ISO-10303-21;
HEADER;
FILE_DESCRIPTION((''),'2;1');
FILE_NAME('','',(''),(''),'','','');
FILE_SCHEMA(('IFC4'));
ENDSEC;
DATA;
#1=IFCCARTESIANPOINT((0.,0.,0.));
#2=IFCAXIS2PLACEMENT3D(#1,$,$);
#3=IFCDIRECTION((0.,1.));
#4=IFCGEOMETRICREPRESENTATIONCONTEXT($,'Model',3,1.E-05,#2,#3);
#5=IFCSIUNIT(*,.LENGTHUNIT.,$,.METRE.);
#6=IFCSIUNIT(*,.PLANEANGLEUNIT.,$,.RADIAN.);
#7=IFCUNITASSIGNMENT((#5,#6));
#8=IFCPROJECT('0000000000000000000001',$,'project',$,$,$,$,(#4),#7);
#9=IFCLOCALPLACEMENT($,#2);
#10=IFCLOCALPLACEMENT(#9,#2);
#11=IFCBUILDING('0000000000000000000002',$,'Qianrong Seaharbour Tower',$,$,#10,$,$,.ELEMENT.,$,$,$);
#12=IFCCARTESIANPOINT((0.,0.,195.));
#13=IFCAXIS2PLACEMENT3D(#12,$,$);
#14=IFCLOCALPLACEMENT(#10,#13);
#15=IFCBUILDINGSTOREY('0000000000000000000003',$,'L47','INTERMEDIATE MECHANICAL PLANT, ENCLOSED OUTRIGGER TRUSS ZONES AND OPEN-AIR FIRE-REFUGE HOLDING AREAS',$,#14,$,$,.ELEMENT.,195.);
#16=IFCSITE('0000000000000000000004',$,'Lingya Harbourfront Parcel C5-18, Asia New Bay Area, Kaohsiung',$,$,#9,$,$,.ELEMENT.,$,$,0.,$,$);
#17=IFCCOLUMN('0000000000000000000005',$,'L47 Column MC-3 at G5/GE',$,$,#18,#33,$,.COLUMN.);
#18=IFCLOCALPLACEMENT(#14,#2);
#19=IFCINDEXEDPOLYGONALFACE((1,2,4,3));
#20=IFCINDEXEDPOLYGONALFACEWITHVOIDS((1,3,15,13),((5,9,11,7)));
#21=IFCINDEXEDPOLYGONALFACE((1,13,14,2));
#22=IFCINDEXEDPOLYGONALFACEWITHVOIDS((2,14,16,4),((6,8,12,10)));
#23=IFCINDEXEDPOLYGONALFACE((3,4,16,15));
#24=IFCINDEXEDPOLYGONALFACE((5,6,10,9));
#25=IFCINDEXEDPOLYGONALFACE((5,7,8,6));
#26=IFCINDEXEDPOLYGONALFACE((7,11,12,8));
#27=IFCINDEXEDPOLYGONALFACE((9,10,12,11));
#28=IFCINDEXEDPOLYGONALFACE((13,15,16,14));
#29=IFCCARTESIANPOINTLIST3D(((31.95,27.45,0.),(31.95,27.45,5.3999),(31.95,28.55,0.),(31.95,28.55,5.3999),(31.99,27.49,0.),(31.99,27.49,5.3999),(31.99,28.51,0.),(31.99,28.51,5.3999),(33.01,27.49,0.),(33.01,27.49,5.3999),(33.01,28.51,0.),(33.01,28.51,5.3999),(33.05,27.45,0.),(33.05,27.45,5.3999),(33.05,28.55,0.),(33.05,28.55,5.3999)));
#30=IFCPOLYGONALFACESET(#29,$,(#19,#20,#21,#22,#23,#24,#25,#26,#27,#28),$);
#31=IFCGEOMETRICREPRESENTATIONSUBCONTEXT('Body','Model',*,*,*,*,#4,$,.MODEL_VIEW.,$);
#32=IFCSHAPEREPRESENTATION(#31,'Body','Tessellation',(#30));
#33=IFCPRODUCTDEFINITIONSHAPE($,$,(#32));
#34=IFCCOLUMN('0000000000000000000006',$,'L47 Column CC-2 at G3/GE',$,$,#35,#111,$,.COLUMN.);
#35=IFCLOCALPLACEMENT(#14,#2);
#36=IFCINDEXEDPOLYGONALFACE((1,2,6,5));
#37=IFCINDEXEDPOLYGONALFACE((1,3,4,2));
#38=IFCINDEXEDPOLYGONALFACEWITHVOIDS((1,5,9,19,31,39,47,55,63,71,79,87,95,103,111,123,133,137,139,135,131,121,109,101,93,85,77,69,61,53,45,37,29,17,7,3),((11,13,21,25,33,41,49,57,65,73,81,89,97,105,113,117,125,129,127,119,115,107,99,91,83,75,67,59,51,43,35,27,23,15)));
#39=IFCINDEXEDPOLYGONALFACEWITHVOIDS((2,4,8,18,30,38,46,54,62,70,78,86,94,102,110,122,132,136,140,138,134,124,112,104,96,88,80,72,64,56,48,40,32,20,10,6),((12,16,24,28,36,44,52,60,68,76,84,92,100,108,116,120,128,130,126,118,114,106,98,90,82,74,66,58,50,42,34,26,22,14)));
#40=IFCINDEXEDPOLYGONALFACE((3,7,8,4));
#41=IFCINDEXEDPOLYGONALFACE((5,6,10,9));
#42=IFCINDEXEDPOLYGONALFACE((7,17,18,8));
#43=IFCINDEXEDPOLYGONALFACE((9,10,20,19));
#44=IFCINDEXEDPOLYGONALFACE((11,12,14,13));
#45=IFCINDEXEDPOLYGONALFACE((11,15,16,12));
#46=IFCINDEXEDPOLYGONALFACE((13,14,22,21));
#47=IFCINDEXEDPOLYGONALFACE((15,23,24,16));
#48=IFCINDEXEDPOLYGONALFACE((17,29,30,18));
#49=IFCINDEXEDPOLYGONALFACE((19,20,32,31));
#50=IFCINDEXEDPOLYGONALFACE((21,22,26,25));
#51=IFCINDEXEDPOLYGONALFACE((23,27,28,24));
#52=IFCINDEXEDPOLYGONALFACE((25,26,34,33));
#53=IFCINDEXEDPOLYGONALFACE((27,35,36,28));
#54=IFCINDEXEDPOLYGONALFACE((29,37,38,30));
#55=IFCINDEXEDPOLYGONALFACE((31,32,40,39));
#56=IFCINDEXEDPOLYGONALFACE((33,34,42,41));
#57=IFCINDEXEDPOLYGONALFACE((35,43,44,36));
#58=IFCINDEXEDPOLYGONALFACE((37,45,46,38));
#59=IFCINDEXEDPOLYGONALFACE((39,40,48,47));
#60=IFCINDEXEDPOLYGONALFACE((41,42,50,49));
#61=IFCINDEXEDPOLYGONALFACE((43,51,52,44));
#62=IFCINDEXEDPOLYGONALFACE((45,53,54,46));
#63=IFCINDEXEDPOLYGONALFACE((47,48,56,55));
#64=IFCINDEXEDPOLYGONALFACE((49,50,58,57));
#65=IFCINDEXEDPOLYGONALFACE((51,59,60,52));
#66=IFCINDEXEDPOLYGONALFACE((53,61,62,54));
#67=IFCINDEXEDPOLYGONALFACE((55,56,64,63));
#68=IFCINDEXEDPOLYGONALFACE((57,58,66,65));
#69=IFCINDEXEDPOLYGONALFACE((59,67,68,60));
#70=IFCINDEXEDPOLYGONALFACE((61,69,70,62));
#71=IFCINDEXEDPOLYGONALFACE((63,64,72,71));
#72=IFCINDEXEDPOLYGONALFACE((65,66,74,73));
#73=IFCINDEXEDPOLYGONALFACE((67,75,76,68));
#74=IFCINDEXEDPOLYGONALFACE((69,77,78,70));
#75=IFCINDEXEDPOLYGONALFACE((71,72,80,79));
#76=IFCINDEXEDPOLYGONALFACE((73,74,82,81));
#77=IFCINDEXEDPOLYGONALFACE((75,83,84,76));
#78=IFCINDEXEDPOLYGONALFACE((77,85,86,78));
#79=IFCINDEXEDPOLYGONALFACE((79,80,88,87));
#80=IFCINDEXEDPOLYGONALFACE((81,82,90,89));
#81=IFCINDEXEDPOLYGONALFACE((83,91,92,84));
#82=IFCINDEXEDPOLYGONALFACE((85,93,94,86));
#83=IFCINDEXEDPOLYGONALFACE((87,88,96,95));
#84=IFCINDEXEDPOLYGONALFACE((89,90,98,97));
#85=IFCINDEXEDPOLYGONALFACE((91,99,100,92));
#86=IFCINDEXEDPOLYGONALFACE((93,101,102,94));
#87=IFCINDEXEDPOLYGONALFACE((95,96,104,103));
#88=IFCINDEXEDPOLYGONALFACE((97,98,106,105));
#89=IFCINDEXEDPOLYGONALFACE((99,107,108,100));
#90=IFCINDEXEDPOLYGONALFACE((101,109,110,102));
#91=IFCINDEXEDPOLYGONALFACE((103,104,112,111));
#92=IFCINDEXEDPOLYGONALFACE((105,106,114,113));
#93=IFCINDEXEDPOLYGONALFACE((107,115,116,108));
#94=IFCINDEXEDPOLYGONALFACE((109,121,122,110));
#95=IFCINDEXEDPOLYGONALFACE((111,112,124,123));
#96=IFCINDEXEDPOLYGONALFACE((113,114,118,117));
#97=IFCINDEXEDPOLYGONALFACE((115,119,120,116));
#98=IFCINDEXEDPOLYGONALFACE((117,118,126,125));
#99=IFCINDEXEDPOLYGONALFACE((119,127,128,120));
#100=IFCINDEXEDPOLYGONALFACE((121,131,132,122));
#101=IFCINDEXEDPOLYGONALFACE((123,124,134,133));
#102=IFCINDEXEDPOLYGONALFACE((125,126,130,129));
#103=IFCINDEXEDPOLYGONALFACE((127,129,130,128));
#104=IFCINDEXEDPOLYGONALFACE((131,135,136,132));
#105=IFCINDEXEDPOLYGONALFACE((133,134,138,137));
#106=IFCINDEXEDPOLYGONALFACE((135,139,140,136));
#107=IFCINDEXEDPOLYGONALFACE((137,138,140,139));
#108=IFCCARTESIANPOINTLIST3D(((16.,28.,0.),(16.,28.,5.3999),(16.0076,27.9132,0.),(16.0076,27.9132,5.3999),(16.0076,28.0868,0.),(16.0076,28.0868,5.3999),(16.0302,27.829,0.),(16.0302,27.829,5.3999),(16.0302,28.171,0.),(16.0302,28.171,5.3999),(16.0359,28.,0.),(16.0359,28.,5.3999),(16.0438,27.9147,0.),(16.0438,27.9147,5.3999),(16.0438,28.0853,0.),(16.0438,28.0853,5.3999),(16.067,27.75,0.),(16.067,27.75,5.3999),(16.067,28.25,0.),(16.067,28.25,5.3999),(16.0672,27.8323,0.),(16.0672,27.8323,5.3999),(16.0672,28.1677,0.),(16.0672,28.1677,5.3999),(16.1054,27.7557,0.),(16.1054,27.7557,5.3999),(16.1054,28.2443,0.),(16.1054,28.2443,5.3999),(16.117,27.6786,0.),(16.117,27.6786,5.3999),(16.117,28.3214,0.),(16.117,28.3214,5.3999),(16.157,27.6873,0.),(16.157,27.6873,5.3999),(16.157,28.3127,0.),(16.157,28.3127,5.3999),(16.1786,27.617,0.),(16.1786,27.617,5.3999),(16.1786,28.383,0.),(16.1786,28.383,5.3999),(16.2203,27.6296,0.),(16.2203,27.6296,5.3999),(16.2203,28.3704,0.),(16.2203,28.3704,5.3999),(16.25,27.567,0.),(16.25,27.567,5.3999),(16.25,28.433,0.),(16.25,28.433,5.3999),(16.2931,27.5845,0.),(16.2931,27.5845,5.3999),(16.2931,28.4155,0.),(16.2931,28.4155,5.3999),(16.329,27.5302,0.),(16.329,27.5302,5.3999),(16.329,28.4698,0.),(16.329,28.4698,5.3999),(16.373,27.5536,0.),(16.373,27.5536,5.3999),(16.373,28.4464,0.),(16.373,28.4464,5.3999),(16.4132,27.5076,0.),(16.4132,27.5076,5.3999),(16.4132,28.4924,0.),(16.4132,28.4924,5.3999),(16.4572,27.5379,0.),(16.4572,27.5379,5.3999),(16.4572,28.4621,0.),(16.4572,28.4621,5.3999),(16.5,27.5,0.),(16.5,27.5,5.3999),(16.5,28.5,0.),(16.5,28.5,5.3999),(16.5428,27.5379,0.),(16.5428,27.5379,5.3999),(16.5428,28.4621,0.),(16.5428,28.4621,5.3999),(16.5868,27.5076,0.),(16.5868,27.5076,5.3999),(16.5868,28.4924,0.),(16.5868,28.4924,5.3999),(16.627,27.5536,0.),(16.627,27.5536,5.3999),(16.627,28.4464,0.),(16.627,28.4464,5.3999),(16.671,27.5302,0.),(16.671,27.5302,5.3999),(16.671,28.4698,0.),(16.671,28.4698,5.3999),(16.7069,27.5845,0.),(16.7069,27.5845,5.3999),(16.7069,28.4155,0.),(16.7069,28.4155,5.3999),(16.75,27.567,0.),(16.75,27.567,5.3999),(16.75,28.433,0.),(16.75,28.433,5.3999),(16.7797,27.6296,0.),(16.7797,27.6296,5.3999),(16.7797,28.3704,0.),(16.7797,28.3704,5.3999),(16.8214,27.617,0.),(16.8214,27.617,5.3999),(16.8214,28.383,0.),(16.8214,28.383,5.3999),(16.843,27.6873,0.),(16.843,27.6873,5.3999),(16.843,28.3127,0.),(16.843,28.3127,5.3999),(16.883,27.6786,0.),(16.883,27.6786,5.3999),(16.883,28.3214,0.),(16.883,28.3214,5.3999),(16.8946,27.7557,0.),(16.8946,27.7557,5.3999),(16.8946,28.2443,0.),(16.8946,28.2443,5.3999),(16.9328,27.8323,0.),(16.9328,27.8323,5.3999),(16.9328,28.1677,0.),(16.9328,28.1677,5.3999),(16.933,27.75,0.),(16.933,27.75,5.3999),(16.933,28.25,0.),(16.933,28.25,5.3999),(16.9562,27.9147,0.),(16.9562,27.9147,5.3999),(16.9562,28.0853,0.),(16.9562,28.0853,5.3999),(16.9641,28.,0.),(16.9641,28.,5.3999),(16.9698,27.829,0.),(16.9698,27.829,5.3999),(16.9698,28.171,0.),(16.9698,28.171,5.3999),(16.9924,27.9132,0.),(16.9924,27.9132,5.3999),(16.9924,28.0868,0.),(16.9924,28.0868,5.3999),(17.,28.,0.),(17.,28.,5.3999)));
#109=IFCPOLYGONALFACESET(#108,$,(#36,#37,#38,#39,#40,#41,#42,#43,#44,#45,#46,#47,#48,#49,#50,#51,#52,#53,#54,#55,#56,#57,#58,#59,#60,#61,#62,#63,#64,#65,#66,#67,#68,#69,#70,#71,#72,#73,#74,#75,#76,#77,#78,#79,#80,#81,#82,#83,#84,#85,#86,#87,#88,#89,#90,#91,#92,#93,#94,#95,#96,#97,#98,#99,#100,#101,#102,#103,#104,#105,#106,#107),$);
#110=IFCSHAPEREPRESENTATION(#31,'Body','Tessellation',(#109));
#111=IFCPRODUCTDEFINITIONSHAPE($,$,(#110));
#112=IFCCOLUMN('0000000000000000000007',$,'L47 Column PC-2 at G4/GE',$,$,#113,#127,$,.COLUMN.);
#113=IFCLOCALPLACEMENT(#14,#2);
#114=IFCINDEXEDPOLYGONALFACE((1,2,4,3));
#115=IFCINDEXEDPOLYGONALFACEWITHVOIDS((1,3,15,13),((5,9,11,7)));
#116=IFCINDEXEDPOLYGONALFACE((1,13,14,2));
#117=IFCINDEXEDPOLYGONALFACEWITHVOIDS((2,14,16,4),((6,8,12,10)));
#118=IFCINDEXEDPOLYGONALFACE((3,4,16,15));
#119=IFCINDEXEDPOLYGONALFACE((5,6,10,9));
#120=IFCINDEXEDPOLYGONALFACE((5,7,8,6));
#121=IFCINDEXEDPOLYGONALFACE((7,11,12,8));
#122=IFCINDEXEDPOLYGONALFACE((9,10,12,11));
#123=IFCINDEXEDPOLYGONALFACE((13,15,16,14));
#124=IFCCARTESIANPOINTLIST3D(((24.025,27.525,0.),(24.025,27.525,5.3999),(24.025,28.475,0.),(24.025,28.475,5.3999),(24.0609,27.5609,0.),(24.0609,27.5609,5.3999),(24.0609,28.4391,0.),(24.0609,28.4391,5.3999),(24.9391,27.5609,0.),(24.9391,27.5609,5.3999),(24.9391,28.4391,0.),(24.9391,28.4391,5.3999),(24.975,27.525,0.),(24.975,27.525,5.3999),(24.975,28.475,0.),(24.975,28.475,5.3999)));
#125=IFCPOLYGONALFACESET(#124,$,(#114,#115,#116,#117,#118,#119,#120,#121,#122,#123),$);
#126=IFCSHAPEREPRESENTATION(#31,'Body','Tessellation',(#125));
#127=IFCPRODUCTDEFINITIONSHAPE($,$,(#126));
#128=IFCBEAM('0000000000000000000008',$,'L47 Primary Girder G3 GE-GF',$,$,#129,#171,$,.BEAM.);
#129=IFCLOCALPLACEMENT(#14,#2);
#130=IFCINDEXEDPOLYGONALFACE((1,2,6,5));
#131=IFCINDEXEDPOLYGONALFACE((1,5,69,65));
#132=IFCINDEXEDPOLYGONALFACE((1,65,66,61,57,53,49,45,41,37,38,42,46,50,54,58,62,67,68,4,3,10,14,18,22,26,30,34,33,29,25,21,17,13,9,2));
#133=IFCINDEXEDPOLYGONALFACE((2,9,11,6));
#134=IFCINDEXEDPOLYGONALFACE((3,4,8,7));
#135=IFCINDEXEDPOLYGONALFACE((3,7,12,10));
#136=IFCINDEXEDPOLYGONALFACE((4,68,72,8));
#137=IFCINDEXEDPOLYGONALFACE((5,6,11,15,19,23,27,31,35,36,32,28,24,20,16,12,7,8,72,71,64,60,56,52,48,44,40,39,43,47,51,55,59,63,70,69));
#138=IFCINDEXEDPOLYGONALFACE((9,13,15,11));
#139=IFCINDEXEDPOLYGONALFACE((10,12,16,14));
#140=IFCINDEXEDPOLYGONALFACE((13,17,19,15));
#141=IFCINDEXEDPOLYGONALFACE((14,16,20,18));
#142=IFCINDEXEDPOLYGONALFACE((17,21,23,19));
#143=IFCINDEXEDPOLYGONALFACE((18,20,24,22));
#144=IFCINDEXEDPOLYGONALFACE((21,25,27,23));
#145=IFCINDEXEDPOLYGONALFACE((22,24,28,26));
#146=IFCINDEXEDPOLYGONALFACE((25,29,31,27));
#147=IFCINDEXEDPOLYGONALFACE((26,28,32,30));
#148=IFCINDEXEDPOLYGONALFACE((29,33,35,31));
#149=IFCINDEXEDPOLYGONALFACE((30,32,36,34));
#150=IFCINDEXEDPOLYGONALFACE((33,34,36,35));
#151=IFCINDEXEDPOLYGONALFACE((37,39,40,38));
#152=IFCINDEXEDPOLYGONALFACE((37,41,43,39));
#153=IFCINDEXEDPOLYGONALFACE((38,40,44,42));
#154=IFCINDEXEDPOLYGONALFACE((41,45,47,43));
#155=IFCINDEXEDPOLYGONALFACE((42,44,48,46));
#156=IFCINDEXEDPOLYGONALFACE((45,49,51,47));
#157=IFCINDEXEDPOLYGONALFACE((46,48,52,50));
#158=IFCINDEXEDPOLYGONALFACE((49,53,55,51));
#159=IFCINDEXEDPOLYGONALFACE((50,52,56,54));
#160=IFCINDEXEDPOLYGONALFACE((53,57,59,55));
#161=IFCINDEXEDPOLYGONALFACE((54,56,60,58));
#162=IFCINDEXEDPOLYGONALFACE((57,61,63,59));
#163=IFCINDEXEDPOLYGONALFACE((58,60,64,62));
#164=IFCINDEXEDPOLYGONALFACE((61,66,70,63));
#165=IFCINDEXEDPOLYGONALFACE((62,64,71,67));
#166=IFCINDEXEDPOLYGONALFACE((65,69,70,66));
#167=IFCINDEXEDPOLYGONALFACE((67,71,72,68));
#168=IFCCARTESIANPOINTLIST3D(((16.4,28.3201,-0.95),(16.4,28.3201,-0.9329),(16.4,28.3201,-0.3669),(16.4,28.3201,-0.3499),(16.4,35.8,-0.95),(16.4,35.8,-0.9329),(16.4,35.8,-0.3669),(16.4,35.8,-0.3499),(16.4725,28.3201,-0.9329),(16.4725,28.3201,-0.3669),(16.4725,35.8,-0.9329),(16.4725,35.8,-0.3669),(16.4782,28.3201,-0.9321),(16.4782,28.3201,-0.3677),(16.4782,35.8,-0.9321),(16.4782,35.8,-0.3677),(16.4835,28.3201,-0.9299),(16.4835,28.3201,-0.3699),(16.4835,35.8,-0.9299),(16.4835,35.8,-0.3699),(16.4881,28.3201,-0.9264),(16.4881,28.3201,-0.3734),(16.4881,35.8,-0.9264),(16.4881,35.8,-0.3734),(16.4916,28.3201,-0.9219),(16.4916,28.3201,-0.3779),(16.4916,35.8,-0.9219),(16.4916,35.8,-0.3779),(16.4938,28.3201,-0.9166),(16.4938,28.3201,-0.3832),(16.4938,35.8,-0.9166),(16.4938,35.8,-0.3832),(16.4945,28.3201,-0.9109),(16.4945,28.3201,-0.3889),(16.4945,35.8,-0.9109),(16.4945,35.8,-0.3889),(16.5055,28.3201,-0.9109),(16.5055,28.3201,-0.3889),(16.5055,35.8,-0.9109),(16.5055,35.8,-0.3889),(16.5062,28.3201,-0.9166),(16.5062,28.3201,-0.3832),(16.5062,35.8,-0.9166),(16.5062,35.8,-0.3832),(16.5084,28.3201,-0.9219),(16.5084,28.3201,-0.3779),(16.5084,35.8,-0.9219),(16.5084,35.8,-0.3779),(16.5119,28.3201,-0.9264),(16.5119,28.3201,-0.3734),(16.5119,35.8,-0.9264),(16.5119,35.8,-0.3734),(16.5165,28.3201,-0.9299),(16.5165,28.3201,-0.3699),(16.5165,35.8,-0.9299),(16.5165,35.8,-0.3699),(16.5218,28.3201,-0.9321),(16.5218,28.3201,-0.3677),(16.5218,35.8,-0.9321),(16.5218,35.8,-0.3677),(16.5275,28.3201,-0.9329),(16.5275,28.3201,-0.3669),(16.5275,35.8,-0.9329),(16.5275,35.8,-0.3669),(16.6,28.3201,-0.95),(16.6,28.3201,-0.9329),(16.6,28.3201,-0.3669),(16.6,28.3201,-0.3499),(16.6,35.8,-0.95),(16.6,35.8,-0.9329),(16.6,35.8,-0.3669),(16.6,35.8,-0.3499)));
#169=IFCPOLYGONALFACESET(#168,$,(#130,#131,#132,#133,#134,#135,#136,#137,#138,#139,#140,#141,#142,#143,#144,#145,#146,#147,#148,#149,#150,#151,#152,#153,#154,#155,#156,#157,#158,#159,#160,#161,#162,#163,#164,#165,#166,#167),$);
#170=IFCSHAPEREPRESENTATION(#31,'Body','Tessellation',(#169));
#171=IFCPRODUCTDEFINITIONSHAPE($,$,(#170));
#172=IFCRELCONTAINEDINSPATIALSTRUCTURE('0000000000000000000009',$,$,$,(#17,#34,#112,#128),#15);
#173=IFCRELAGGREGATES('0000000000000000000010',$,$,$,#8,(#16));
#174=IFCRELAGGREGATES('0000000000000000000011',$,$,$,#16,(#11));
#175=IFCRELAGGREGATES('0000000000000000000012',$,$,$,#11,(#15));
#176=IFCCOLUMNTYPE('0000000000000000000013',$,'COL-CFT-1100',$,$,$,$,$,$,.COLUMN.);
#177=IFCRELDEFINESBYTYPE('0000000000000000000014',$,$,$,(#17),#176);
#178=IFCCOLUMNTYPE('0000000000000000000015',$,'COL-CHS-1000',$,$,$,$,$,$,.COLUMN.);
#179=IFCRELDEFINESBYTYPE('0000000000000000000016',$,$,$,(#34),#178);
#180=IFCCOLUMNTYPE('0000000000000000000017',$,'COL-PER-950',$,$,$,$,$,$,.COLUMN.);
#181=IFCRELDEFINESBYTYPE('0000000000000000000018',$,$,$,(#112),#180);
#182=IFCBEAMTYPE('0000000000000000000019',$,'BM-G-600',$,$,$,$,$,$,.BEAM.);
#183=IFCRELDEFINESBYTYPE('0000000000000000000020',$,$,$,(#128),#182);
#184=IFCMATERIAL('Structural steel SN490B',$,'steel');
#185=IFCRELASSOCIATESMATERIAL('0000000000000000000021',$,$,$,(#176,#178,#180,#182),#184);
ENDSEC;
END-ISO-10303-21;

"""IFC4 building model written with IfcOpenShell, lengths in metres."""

from ifc_helpers import new_model, si_unit, direction, frame, origin, origin_2d, place, context, subcontext, project, spatial, hollow_rectangle, hollow_circle, i_section, extrude, material, material_profile, profile_set, type_object, element, save


model = new_model("IFC4")

# Units and contexts
model_context = context("Model", 3, precision=1e-05, world=origin(), true_north=direction((0.0, 1.0)))
body_context = subcontext(model_context, "Body", "Model", "MODEL_VIEW")
ifc_project = project(units=[si_unit("LENGTHUNIT", "METRE"), si_unit("PLANEANGLEUNIT", "RADIAN")], contexts=[model_context])

# Site, building, storey
site_placement = place(None, origin())
site = spatial("IfcSite", under=ifc_project, at=site_placement, Name="Lingya Harbourfront Parcel C5-18, Asia New Bay Area, Kaohsiung", CompositionType="ELEMENT", RefElevation=0.0)
building_placement = place(site_placement, origin())
building = spatial("IfcBuilding", under=site, at=building_placement, Name="Qianrong Seaharbour Tower", CompositionType="ELEMENT")
storey_placement = place(building_placement, frame((0.0, 0.0, 195.0)))
storey = spatial("IfcBuildingStorey", under=building, at=storey_placement, Name="L47", Description="INTERMEDIATE MECHANICAL PLANT, ENCLOSED OUTRIGGER TRUSS ZONES AND OPEN-AIR FIRE-REFUGE HOLDING AREAS", CompositionType="ELEMENT", Elevation=195.0)

# Columns
ifc_material_1 = material(Name="Structural steel SN490B", Category="steel")
ifc_material_profile_1 = material_profile(ifc_material_1, hollow_rectangle(XDim=1.1001, YDim=1.1001, WallThickness=0.04, at=origin_2d()), Name="BOX1100x1100x40")
ifc_profile_set_1 = profile_set([ifc_material_profile_1], Name="Structural steel SN490B")
column_type_1 = type_object("IfcColumnType", Name="COL-CFT-1100", PredefinedType="COLUMN", material=ifc_profile_set_1)
column_1_placement = place(storey_placement, frame((32.5, 28.0, 0.0), z_axis=(0.0, 0.0, 1.0), x_axis=(1.0, 0.0, 0.0)))
element("IfcColumn", 1, at=column_1_placement, inside=storey, type_object=column_type_1, Name="L47 Column MC-3 at G5/GE", PredefinedType="COLUMN", context=body_context, shape_type="SweptSolid", body=[
    extrude(hollow_rectangle(XDim=1.1001, YDim=1.1001, WallThickness=0.04, at=origin_2d()), origin(), (0.0, 0.0, 1.0), 5.3999),
])
ifc_material_profile_2 = material_profile(ifc_material_1, hollow_circle(Radius=0.5, WallThickness=0.0359, at=origin_2d()), Name="CHS1000x36")
ifc_profile_set_2 = profile_set([ifc_material_profile_2], Name="Structural steel SN490B")
column_type_2 = type_object("IfcColumnType", Name="COL-CHS-1000", PredefinedType="COLUMN", material=ifc_profile_set_2)
column_2_placement = place(storey_placement, frame((16.5, 28.0, 0.0), z_axis=(0.0, 0.0, 1.0), x_axis=(1.0, 0.0, 0.0)))
element("IfcColumn", 2, at=column_2_placement, inside=storey, type_object=column_type_2, Name="L47 Column CC-2 at G3/GE", PredefinedType="COLUMN", context=body_context, shape_type="SweptSolid", body=[
    extrude(hollow_circle(Radius=0.5, WallThickness=0.0359, at=origin_2d()), origin(), (0.0, 0.0, 1.0), 5.3999),
])
ifc_material_profile_3 = material_profile(ifc_material_1, hollow_rectangle(XDim=0.95, YDim=0.95, WallThickness=0.0359, at=origin_2d()), Name="BOX950x950x36")
ifc_profile_set_3 = profile_set([ifc_material_profile_3], Name="Structural steel SN490B")
column_type_3 = type_object("IfcColumnType", Name="COL-PER-950", PredefinedType="COLUMN", material=ifc_profile_set_3)
column_3_placement = place(storey_placement, frame((24.5, 28.0, 0.0), z_axis=(0.0, 0.0, 1.0), x_axis=(1.0, 0.0, 0.0)))
element("IfcColumn", 3, at=column_3_placement, inside=storey, type_object=column_type_3, Name="L47 Column PC-2 at G4/GE", PredefinedType="COLUMN", context=body_context, shape_type="SweptSolid", body=[
    extrude(hollow_rectangle(XDim=0.95, YDim=0.95, WallThickness=0.0359, at=origin_2d()), origin(), (0.0, 0.0, 1.0), 5.3999),
])

# Beam
ifc_material_profile_4 = material_profile(ifc_material_1, i_section(OverallWidth=0.2, OverallDepth=0.6001, WebThickness=0.011, FlangeThickness=0.0171, FilletRadius=0.022, at=origin_2d()), Name="H600x200x11x17")
ifc_profile_set_4 = profile_set([ifc_material_profile_4], Name="Structural steel SN490B")
beam_type_1 = type_object("IfcBeamType", Name="BM-G-600", PredefinedType="BEAM", material=ifc_profile_set_4)
for number, where, z_axis, x_axis, name in (
    (4, (16.5, 28.3201, -0.6499), (0.0, 1.0, 0.0), (-1.0, 0.0, 0.0), "L47 Primary Girder G3 GE-GF"),
):
    element("IfcBeam", number, at=place(storey_placement, frame(where, z_axis=z_axis, x_axis=x_axis)), inside=storey, type_object=beam_type_1, Name=name, PredefinedType="BEAM", context=body_context, shape_type="SweptSolid", body=[
        extrude(i_section(OverallWidth=0.2, OverallDepth=0.6001, WebThickness=0.011, FlangeThickness=0.0171, FilletRadius=0.022, at=origin_2d()), origin(), (0.0, 0.0, 1.0), 7.48),
    ])

save(model, "model.ifc")
